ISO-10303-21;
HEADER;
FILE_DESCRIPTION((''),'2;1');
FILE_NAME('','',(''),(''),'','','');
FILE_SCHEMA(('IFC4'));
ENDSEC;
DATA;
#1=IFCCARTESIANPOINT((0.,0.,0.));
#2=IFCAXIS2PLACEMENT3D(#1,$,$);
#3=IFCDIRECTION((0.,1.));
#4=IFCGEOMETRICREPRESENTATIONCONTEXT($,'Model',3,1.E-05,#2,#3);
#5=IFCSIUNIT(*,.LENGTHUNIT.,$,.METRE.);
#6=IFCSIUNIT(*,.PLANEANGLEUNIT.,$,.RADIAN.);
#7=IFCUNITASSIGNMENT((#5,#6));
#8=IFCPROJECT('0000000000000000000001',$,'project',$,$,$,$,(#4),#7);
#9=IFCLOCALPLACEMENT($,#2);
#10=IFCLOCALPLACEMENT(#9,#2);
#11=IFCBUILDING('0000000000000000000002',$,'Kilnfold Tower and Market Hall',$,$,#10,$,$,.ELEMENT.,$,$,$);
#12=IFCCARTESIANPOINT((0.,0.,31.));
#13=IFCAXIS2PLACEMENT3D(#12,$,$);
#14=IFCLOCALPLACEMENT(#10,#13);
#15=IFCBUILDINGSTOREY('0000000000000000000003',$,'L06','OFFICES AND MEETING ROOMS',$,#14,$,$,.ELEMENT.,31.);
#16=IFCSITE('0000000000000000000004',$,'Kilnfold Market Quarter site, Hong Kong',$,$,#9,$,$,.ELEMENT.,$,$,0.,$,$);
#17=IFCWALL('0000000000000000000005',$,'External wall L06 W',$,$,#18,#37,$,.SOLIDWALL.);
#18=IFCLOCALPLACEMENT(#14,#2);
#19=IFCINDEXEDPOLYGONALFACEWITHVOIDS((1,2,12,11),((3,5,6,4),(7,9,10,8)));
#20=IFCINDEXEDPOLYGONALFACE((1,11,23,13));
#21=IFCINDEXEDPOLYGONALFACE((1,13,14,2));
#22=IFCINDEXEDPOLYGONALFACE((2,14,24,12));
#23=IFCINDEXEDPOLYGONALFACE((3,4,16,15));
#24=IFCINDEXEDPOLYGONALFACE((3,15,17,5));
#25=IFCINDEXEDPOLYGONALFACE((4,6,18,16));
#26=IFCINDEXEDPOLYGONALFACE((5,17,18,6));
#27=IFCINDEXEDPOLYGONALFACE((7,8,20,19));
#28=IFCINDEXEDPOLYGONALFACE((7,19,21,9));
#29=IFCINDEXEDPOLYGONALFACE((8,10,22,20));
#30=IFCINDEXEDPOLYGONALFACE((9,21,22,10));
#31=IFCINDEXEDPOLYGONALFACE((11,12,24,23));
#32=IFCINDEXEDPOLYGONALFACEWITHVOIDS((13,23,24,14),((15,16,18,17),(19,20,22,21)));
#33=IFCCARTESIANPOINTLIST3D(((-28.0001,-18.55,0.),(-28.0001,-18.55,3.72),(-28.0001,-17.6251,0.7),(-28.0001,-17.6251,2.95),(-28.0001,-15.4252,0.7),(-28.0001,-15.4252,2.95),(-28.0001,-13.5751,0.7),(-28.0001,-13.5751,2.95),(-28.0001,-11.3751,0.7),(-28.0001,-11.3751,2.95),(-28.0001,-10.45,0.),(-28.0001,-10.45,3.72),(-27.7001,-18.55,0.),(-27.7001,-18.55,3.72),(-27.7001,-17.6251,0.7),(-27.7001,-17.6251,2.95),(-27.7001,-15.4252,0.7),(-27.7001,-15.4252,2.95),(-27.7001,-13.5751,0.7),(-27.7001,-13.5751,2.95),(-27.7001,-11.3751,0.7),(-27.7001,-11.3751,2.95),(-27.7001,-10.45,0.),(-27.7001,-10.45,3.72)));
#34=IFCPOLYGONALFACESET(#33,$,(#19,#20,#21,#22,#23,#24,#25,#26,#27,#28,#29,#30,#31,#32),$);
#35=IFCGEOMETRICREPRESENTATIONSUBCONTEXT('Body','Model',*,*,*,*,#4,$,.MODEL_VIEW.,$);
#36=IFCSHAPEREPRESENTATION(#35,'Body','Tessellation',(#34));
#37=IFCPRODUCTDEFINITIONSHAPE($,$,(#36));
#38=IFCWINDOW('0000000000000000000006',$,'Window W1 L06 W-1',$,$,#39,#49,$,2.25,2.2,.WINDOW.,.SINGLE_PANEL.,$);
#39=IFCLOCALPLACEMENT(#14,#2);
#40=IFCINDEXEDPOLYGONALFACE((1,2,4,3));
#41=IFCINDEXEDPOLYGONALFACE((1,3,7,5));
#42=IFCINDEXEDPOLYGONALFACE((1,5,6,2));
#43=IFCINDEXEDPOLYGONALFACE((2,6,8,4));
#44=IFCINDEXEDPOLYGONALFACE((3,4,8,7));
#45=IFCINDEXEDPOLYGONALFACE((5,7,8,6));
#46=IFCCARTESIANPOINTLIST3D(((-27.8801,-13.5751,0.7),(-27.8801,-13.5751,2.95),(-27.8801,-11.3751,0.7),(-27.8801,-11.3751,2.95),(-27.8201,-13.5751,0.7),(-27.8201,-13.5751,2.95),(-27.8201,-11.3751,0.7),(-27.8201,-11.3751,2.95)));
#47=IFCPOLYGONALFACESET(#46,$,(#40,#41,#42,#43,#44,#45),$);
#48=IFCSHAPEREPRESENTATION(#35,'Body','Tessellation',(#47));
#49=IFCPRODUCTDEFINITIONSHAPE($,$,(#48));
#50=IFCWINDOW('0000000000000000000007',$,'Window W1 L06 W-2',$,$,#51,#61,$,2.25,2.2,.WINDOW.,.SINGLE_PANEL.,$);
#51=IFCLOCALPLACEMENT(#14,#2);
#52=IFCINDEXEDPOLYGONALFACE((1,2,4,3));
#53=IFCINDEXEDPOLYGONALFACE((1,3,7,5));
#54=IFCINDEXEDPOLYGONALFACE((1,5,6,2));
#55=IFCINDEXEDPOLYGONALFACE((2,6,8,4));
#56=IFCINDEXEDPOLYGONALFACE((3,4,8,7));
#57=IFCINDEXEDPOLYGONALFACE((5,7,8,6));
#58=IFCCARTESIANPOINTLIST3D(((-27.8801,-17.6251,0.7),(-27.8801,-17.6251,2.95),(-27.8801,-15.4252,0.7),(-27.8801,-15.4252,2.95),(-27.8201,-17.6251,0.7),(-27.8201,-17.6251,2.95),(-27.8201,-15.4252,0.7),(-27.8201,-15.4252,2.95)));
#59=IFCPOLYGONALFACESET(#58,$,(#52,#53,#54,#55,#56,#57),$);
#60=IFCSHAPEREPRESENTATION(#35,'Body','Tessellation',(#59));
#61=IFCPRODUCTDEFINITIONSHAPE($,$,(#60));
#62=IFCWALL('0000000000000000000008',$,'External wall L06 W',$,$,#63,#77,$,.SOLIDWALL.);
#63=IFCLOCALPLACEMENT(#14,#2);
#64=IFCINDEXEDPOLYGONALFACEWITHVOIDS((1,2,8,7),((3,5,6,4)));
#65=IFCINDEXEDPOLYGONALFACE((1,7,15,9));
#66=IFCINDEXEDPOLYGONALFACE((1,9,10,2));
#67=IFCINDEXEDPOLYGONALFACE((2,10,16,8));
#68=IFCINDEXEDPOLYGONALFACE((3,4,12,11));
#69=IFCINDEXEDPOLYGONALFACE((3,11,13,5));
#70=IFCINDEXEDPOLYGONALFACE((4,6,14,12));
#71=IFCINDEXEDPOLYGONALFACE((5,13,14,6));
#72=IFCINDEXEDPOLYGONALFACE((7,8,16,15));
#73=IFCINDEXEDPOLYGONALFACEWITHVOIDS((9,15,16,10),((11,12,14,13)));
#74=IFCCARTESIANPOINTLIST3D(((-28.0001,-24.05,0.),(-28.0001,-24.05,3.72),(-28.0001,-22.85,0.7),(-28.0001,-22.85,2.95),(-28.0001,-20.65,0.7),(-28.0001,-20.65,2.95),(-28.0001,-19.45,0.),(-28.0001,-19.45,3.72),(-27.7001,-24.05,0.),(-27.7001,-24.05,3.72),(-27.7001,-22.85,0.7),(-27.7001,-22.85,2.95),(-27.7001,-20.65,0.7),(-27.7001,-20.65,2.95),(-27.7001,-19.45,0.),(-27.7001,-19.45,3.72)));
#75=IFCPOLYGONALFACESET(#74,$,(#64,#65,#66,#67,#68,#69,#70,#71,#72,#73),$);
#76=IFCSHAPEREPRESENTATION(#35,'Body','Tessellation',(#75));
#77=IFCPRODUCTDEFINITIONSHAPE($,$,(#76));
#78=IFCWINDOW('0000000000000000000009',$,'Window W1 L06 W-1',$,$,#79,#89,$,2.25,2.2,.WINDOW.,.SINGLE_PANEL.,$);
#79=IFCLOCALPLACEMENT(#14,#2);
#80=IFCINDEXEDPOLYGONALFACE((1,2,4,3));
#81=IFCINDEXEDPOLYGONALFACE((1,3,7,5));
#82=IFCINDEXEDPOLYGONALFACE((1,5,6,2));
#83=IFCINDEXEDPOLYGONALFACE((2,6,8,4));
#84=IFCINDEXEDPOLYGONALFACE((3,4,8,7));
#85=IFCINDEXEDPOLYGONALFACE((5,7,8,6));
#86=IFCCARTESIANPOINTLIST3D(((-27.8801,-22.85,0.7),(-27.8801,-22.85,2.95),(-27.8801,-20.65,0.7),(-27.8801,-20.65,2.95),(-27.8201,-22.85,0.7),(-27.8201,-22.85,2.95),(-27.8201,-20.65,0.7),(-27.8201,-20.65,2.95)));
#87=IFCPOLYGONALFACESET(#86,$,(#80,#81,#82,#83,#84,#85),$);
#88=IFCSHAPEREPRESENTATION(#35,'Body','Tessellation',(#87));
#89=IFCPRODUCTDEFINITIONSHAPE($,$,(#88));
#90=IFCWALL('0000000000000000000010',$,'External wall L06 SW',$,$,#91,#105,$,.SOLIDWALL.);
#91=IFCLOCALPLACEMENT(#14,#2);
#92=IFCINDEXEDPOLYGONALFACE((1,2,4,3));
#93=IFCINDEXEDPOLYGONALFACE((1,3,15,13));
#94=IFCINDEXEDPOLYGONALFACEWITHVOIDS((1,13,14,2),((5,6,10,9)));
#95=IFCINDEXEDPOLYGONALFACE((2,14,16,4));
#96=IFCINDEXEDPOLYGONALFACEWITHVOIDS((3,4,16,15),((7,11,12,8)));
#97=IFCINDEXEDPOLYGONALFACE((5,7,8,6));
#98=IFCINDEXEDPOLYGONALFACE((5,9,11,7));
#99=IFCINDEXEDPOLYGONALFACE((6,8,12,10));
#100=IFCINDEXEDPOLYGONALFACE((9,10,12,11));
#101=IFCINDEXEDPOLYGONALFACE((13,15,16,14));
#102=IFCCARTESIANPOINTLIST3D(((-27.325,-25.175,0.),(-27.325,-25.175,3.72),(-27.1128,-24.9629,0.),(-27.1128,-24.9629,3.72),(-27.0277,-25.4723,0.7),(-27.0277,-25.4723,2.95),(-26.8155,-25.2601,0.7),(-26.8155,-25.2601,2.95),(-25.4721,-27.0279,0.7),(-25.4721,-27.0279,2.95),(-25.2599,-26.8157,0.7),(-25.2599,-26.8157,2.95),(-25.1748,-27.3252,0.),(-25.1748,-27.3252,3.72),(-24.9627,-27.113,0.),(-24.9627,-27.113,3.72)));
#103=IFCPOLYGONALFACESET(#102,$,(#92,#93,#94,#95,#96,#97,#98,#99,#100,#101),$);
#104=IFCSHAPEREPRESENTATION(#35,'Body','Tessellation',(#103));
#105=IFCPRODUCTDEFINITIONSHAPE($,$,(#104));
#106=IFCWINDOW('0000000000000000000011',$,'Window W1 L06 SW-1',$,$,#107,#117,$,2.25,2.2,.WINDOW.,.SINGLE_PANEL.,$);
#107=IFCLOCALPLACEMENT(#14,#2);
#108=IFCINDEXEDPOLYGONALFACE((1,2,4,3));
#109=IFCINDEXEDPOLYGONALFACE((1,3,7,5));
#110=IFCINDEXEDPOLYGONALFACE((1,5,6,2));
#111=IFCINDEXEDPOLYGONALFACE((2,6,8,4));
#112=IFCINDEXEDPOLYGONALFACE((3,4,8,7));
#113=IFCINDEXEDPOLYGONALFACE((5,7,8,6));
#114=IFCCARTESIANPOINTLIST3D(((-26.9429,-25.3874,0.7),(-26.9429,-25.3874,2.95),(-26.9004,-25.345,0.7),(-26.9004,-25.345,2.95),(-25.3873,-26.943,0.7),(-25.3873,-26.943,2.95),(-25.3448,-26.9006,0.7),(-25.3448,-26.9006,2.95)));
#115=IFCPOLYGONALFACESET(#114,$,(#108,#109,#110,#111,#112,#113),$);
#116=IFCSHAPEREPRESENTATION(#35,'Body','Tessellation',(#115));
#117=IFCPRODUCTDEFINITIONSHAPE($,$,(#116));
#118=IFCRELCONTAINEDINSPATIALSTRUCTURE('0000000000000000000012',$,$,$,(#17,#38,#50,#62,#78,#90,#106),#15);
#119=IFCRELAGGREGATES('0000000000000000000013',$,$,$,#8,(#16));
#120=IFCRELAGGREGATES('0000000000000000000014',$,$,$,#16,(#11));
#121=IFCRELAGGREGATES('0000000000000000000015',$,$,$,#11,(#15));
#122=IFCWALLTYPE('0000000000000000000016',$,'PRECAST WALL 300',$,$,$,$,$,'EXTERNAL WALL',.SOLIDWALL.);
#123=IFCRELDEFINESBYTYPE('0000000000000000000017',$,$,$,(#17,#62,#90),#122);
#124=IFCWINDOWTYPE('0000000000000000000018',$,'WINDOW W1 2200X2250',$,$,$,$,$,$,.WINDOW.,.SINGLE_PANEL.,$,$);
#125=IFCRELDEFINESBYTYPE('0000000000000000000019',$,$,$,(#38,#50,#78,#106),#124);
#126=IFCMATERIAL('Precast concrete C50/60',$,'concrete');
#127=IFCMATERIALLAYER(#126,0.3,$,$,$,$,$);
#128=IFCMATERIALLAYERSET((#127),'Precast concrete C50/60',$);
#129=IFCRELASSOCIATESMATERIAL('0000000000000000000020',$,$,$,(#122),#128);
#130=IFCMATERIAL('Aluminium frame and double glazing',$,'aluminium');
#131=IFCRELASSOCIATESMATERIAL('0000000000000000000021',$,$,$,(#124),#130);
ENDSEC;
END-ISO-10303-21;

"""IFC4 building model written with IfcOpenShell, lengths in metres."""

from ifc_helpers import new_model, si_unit, direction, frame, frame_2d, origin, place, context, subcontext, project, spatial, rectangle, extrude, source, transform, mapped, material, layer, layer_set, type_object, element, fill, save


model = new_model("IFC4")

# Units and contexts
model_context = context("Model", 3, precision=1e-05, world=origin(), true_north=direction((0.0, 1.0)))
body_context = subcontext(model_context, "Body", "Model", "MODEL_VIEW")
ifc_project = project(units=[si_unit("LENGTHUNIT", "METRE"), si_unit("PLANEANGLEUNIT", "RADIAN")], contexts=[model_context])

# Site, building, storey
site_placement = place(None, origin())
site = spatial("IfcSite", under=ifc_project, at=site_placement, Name="Kilnfold Market Quarter site, Hong Kong", CompositionType="ELEMENT", RefElevation=0.0)
building_placement = place(site_placement, origin())
building = spatial("IfcBuilding", under=site, at=building_placement, Name="Kilnfold Tower and Market Hall", CompositionType="ELEMENT")
storey_placement = place(building_placement, frame((0.0, 0.0, 31.0)))
storey = spatial("IfcBuildingStorey", under=building, at=storey_placement, Name="L06", Description="OFFICES AND MEETING ROOMS", CompositionType="ELEMENT", Elevation=31.0)

# Wall, openings, windows
ifc_material_1 = material(Name="Precast concrete C50/60", Category="concrete")
ifc_layer_1 = layer(ifc_material_1, 0.3)
ifc_layer_set_1 = layer_set([ifc_layer_1], Name="Precast concrete C50/60")
wall_type_1 = type_object("IfcWallType", Name="PRECAST WALL 300", ElementType="EXTERNAL WALL", PredefinedType="SOLIDWALL", material=ifc_layer_set_1)
shared_shape_1 = source(origin(), body_context, "Body", "SweptSolid", [
    extrude(rectangle(XDim=8.1001, YDim=0.3, at=frame_2d((4.05, 0.0))), origin(), (0.0, 0.0, 1.0), 3.72),
])
wall_1_placement = place(storey_placement, frame((-27.8501, -10.45, 0.0), z_axis=(0.0, 0.0, 1.0), x_axis=(0.0, -1.0, 0.0)))
wall_1 = element("IfcWall", 1, at=wall_1_placement, inside=storey, type_object=wall_type_1, Name="External wall L06 W", PredefinedType="SOLIDWALL", context=body_context, shape_type="MappedRepresentation", body=[
    mapped(shared_shape_1, transform((0.0, 0.0, 0.0))),
])
opening_1_placement = place(wall_1_placement, frame((0.925, 0.0, 0.7)))
opening_1 = element("IfcOpeningElement", 2, at=opening_1_placement, cuts=wall_1, PredefinedType="OPENING", context=body_context, shape_type="SweptSolid", body=[
    extrude(rectangle(XDim=2.2, YDim=2.25, at=frame_2d((1.1001, 1.125))), frame((0.0, 0.1602, 0.0), z_axis=(0.0, -1.0, 0.0), x_axis=(1.0, 0.0, 0.0)), (0.0, 0.0, 1.0), 0.3201),
])
opening_2_placement = place(wall_1_placement, frame((4.9751, 0.0, 0.7)))
opening_2 = element("IfcOpeningElement", 3, at=opening_2_placement, cuts=wall_1, PredefinedType="OPENING", context=body_context, shape_type="SweptSolid", body=[
    extrude(rectangle(XDim=2.2, YDim=2.25, at=frame_2d((1.1001, 1.125))), frame((0.0, 0.1602, 0.0), z_axis=(0.0, -1.0, 0.0), x_axis=(1.0, 0.0, 0.0)), (0.0, 0.0, 1.0), 0.3201),
])
ifc_material_2 = material(Name="Aluminium frame and double glazing", Category="aluminium")
window_type = type_object("IfcWindowType", Name="WINDOW W1 2200X2250", PartitioningType="SINGLE_PANEL", PredefinedType="WINDOW", material=ifc_material_2)
window_1_placement = place(opening_1_placement, origin())
window_1 = element("IfcWindow", 4, at=window_1_placement, inside=storey, type_object=window_type, Name="Window W1 L06 W-1", OverallHeight=2.25, OverallWidth=2.2, PartitioningType="SINGLE_PANEL", PredefinedType="WINDOW", context=body_context, shape_type="SweptSolid", body=[
    extrude(rectangle(XDim=2.2, YDim=2.25, at=frame_2d((1.1001, 1.125))), frame((0.0, 0.03, 0.0), z_axis=(0.0, -1.0, 0.0), x_axis=(1.0, 0.0, 0.0)), (0.0, 0.0, 1.0), 0.0601),
])
fill(opening_1, window_1)
window_2_placement = place(opening_2_placement, origin())
window_2 = element("IfcWindow", 5, at=window_2_placement, inside=storey, type_object=window_type, Name="Window W1 L06 W-2", OverallHeight=2.25, OverallWidth=2.2, PartitioningType="SINGLE_PANEL", PredefinedType="WINDOW", context=body_context, shape_type="SweptSolid", body=[
    extrude(rectangle(XDim=2.2, YDim=2.25, at=frame_2d((1.1001, 1.125))), frame((0.0, 0.03, 0.0), z_axis=(0.0, -1.0, 0.0), x_axis=(1.0, 0.0, 0.0)), (0.0, 0.0, 1.0), 0.0601),
])
fill(opening_2, window_2)

# Walls, openings, windows
shared_shape_2 = source(origin(), body_context, "Body", "SweptSolid", [
    extrude(rectangle(XDim=4.6001, YDim=0.3, at=frame_2d((2.3, 0.0))), origin(), (0.0, 0.0, 1.0), 3.72),
])
wall_2_placement = place(storey_placement, frame((-27.8501, -19.45, 0.0), z_axis=(0.0, 0.0, 1.0), x_axis=(0.0, -1.0, 0.0)))
wall_2 = element("IfcWall", 6, at=wall_2_placement, inside=storey, type_object=wall_type_1, Name="External wall L06 W", PredefinedType="SOLIDWALL", context=body_context, shape_type="MappedRepresentation", body=[
    mapped(shared_shape_2, transform((0.0, 0.0, 0.0))),
])
opening_3_placement = place(wall_2_placement, frame((1.2, 0.0, 0.7)))
opening_3 = element("IfcOpeningElement", 7, at=opening_3_placement, cuts=wall_2, PredefinedType="OPENING", context=body_context, shape_type="SweptSolid", body=[
    extrude(rectangle(XDim=2.2, YDim=2.25, at=frame_2d((1.1001, 1.125))), frame((0.0, 0.1602, 0.0), z_axis=(0.0, -1.0, 0.0), x_axis=(1.0, 0.0, 0.0)), (0.0, 0.0, 1.0), 0.3201),
])
window_3_placement = place(opening_3_placement, origin())
window_3 = element("IfcWindow", 8, at=window_3_placement, inside=storey, type_object=window_type, Name="Window W1 L06 W-1", OverallHeight=2.25, OverallWidth=2.2, PartitioningType="SINGLE_PANEL", PredefinedType="WINDOW", context=body_context, shape_type="SweptSolid", body=[
    extrude(rectangle(XDim=2.2, YDim=2.25, at=frame_2d((1.1001, 1.125))), frame((0.0, 0.03, 0.0), z_axis=(0.0, -1.0, 0.0), x_axis=(1.0, 0.0, 0.0)), (0.0, 0.0, 1.0), 0.0601),
])
fill(opening_3, window_3)
shared_shape_3 = source(origin(), body_context, "Body", "SweptSolid", [
    extrude(rectangle(XDim=3.0408, YDim=0.3, at=frame_2d((1.5205, 0.0))), origin(), (0.0, 0.0, 1.0), 3.72),
])
wall_3_placement = place(storey_placement, frame((-27.219, -25.0688, 0.0), z_axis=(0.0, 0.0, 1.0), x_axis=(0.707107, -0.707107, 0.0)))
wall_3 = element("IfcWall", 9, at=wall_3_placement, inside=storey, type_object=wall_type_1, Name="External wall L06 SW", PredefinedType="SOLIDWALL", context=body_context, shape_type="MappedRepresentation", body=[
    mapped(shared_shape_3, transform((0.0, 0.0, 0.0))),
])
opening_4_placement = place(wall_3_placement, frame((0.4204, 0.0, 0.7)))
opening_4 = element("IfcOpeningElement", 10, at=opening_4_placement, cuts=wall_3, PredefinedType="OPENING", context=body_context, shape_type="SweptSolid", body=[
    extrude(rectangle(XDim=2.2, YDim=2.25, at=frame_2d((1.1001, 1.125))), frame((0.0, 0.1602, 0.0), z_axis=(0.0, -1.0, 0.0), x_axis=(1.0, 0.0, 0.0)), (0.0, 0.0, 1.0), 0.3201),
])
window_4_placement = place(opening_4_placement, origin())
window_4 = element("IfcWindow", 11, at=window_4_placement, inside=storey, type_object=window_type, Name="Window W1 L06 SW-1", OverallHeight=2.25, OverallWidth=2.2, PartitioningType="SINGLE_PANEL", PredefinedType="WINDOW", context=body_context, shape_type="SweptSolid", body=[
    extrude(rectangle(XDim=2.2, YDim=2.25, at=frame_2d((1.1001, 1.125))), frame((0.0, 0.03, 0.0), z_axis=(0.0, -1.0, 0.0), x_axis=(1.0, 0.0, 0.0)), (0.0, 0.0, 1.0), 0.0601),
])
fill(opening_4, window_4)

save(model, "model.ifc")
